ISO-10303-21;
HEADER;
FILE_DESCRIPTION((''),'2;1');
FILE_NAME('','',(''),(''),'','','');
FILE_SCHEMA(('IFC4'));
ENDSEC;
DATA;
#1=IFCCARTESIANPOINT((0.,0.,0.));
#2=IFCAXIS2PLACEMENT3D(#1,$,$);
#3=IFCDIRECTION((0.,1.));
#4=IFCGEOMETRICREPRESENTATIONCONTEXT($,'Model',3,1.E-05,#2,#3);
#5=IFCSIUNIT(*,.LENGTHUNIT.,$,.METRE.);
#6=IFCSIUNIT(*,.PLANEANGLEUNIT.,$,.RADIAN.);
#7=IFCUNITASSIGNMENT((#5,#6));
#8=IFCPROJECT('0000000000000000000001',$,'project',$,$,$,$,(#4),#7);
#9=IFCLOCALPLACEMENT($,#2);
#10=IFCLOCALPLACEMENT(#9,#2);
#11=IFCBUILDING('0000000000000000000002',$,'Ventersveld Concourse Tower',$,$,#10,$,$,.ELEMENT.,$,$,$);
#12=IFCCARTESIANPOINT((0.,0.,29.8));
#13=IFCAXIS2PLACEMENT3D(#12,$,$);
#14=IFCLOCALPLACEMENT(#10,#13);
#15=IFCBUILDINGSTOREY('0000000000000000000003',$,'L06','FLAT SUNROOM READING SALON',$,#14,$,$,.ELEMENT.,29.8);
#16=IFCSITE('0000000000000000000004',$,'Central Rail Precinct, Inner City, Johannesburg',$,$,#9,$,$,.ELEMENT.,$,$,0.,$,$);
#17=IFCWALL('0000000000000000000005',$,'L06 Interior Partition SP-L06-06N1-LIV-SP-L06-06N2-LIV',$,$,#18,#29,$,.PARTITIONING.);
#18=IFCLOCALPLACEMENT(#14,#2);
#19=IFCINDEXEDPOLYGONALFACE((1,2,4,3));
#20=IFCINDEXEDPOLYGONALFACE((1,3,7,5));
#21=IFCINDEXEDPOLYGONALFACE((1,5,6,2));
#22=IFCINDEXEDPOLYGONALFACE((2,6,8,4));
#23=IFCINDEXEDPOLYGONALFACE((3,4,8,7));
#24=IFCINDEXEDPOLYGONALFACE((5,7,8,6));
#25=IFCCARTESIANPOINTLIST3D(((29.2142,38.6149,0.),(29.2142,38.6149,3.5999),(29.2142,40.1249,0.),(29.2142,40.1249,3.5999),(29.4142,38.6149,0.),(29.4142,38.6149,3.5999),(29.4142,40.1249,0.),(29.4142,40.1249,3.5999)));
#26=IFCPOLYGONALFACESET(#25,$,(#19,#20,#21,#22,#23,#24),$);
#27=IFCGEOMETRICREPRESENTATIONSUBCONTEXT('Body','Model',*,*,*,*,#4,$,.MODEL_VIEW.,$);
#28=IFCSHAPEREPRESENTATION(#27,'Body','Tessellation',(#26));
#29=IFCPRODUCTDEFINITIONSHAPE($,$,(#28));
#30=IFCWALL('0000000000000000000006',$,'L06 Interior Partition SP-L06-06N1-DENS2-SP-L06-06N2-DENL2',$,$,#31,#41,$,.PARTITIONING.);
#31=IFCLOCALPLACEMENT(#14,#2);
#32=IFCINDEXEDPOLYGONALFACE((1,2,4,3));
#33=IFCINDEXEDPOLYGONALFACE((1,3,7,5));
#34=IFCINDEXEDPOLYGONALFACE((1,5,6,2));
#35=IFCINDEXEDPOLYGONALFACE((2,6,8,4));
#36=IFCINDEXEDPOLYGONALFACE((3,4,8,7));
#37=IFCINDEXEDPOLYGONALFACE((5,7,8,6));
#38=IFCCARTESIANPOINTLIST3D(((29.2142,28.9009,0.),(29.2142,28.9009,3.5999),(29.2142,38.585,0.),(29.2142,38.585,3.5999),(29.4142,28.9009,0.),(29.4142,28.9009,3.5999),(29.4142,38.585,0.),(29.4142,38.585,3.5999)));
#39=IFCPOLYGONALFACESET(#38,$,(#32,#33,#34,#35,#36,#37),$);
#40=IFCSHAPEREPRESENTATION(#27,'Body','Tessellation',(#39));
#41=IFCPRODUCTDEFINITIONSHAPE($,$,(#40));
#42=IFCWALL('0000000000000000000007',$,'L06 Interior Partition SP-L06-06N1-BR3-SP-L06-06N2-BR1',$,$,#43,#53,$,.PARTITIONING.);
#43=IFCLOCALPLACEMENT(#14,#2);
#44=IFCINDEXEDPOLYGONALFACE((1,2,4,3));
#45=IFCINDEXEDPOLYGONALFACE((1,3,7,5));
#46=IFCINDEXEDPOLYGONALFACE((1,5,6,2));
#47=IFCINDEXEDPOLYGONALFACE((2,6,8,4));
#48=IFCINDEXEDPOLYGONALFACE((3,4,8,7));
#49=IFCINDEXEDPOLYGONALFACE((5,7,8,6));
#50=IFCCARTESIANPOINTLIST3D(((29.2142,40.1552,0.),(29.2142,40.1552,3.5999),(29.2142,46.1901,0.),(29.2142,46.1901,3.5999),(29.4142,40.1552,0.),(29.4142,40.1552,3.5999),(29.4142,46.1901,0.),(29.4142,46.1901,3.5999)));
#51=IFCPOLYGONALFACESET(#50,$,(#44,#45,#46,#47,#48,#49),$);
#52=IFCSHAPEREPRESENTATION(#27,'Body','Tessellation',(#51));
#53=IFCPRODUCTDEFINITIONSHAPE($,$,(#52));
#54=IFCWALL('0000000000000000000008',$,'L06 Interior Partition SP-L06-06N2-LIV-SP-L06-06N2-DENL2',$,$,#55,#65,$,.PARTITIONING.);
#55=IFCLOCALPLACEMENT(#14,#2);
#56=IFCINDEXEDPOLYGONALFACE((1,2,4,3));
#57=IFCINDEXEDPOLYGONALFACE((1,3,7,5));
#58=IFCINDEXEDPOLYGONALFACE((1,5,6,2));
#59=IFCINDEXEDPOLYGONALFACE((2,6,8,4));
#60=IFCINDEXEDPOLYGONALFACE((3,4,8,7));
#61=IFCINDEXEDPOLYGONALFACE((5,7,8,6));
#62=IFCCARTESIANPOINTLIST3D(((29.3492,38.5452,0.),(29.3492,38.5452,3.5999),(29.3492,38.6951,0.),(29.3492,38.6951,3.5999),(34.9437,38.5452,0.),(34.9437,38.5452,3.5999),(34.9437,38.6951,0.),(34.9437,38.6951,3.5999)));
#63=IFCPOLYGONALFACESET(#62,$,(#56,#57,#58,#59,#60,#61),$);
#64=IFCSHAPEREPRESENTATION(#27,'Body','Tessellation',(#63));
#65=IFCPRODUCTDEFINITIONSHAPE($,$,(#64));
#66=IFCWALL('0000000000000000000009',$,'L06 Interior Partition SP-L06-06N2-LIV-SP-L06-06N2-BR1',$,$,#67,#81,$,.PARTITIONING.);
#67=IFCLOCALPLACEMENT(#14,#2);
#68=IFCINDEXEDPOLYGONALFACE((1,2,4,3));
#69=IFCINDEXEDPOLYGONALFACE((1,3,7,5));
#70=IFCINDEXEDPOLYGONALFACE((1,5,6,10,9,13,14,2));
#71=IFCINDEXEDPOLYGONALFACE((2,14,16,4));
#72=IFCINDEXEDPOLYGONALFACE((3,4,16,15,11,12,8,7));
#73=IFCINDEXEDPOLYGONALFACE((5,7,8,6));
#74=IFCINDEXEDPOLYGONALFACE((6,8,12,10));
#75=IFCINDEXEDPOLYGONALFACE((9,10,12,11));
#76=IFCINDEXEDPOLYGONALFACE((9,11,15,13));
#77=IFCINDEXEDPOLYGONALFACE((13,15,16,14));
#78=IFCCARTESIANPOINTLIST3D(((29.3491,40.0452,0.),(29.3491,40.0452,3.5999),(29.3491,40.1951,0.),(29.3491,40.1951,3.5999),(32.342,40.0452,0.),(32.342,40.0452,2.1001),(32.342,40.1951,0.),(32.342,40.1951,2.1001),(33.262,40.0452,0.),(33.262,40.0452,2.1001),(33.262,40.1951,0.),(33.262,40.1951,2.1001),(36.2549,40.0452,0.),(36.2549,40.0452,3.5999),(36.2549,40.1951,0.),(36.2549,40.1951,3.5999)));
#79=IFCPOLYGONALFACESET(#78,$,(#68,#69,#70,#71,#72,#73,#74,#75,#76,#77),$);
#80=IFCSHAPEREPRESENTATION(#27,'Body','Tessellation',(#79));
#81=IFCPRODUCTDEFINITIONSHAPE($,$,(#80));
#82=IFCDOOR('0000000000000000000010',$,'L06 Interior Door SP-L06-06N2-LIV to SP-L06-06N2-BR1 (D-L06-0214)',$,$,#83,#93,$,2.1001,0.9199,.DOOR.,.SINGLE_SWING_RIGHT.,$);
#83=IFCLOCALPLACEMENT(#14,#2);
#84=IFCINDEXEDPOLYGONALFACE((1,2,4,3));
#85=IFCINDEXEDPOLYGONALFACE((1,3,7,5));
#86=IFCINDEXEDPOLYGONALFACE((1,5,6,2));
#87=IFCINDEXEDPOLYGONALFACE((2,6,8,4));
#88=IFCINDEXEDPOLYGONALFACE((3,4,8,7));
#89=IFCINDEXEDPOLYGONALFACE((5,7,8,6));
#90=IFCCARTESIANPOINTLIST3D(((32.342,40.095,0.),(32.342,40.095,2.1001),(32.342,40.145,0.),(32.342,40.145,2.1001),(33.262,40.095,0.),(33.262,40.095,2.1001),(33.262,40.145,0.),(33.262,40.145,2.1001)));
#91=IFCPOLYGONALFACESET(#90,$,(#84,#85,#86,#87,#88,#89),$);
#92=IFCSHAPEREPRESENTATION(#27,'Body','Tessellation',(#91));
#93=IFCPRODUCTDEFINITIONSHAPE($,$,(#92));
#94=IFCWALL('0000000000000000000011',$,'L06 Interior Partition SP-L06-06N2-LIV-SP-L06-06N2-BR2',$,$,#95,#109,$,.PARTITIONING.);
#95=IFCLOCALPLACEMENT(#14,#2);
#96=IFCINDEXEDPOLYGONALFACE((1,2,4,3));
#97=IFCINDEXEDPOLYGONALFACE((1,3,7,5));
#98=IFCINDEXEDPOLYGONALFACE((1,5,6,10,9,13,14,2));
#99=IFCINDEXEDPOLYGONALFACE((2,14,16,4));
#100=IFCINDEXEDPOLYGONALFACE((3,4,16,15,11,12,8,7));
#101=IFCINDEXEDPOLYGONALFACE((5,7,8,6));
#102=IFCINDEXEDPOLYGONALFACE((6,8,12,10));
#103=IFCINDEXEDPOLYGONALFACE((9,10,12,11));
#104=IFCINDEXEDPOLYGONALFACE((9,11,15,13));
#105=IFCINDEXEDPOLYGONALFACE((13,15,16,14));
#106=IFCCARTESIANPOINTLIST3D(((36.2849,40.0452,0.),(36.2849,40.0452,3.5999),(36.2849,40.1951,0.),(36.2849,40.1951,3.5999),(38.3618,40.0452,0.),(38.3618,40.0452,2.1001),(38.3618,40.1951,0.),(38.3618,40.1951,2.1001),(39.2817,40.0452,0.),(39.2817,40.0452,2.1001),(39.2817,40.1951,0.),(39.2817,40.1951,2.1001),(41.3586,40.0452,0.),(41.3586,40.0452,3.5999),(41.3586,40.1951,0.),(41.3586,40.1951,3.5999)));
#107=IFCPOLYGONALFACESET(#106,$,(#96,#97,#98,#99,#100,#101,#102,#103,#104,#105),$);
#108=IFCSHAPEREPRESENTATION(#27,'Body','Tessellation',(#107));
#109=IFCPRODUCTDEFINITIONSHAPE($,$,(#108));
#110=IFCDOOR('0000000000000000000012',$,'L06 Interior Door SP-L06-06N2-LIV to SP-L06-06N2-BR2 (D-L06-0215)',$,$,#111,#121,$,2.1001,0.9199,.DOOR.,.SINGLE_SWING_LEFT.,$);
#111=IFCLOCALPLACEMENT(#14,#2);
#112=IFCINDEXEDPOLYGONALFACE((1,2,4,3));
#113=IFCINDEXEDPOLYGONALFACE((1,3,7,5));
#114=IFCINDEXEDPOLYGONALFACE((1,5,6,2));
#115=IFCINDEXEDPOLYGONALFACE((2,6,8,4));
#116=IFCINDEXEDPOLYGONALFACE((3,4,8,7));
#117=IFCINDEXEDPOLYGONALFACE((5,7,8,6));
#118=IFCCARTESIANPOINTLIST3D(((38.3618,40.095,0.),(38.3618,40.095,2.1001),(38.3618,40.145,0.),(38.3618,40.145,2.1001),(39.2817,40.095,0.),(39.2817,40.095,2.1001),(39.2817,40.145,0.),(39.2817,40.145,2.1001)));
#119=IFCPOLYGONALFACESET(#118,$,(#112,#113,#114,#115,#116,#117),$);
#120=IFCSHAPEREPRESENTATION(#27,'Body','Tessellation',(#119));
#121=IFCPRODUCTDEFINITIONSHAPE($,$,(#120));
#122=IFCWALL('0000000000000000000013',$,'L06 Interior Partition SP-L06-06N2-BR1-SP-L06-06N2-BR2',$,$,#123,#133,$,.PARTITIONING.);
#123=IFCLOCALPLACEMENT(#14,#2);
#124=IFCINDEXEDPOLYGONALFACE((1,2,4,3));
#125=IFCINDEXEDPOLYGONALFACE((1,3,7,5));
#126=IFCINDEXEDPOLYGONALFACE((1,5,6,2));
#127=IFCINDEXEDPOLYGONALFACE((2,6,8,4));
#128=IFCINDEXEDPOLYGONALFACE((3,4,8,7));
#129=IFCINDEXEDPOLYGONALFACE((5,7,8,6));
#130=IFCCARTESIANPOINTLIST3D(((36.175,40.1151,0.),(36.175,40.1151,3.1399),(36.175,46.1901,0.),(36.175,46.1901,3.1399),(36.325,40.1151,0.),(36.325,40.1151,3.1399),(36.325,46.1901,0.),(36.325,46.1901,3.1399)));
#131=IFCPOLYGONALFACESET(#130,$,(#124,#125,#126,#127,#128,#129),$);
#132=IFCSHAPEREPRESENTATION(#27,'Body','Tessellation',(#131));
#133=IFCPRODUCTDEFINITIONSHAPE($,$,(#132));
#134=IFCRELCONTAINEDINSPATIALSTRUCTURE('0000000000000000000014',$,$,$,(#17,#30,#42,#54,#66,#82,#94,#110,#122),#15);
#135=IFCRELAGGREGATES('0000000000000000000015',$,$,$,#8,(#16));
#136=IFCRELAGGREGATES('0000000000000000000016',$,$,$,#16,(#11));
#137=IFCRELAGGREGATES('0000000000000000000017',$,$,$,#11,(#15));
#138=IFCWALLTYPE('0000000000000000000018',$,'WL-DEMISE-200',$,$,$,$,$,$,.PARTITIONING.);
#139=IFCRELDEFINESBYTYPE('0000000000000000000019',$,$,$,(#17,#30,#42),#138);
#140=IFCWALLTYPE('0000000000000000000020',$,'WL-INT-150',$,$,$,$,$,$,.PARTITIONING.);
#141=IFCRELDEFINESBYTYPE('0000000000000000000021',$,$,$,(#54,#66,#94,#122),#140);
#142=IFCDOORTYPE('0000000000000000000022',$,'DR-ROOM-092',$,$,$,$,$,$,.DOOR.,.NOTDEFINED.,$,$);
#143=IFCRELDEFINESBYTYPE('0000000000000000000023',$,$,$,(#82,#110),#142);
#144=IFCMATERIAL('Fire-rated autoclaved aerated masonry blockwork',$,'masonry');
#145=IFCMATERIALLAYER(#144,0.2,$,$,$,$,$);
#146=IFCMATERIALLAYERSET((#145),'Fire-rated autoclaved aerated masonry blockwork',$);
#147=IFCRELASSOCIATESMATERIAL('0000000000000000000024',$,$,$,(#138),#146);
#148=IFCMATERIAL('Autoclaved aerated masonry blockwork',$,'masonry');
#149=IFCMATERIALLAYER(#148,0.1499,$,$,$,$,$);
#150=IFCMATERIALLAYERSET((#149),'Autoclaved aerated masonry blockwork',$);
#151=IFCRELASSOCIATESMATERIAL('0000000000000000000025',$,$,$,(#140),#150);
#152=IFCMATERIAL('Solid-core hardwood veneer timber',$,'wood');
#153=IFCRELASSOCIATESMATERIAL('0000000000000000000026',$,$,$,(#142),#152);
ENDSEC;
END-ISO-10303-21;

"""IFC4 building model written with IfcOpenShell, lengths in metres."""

from ifc_helpers import new_model, si_unit, direction, frame, frame_2d, origin, place, context, subcontext, project, spatial, rectangle, extrude, material, layer, layer_set, type_object, element, fill, save


model = new_model("IFC4")

# Units and contexts
model_context = context("Model", 3, precision=1e-05, world=origin(), true_north=direction((0.0, 1.0)))
body_context = subcontext(model_context, "Body", "Model", "MODEL_VIEW")
ifc_project = project(units=[si_unit("LENGTHUNIT", "METRE"), si_unit("PLANEANGLEUNIT", "RADIAN")], contexts=[model_context])

# Site, building, storey
site_placement = place(None, origin())
site = spatial("IfcSite", under=ifc_project, at=site_placement, Name="Central Rail Precinct, Inner City, Johannesburg", CompositionType="ELEMENT", RefElevation=0.0)
building_placement = place(site_placement, origin())
building = spatial("IfcBuilding", under=site, at=building_placement, Name="Ventersveld Concourse Tower", CompositionType="ELEMENT")
storey_placement = place(building_placement, frame((0.0, 0.0, 29.8)))
storey = spatial("IfcBuildingStorey", under=building, at=storey_placement, Name="L06", Description="FLAT SUNROOM READING SALON", CompositionType="ELEMENT", Elevation=29.8)

# Walls
ifc_material_1 = material(Name="Fire-rated autoclaved aerated masonry blockwork", Category="masonry")
ifc_layer_1 = layer(ifc_material_1, 0.2)
ifc_layer_set_1 = layer_set([ifc_layer_1], Name="Fire-rated autoclaved aerated masonry blockwork")
wall_type_1 = type_object("IfcWallType", Name="WL-DEMISE-200", PredefinedType="PARTITIONING", material=ifc_layer_set_1)
wall_1_placement = place(storey_placement, frame((29.3142, 38.615, 0.0), z_axis=(0.0, 0.0, 1.0), x_axis=(0.0, 1.0, 0.0)))
element("IfcWall", 1, at=wall_1_placement, inside=storey, type_object=wall_type_1, Name="L06 Interior Partition SP-L06-06N1-LIV-SP-L06-06N2-LIV", PredefinedType="PARTITIONING", context=body_context, shape_type="SweptSolid", body=[
    extrude(rectangle(XDim=1.51, YDim=0.2, at=frame_2d((0.7549, 0.0))), origin(), (0.0, 0.0, 1.0), 3.5999),
])
wall_2_placement = place(storey_placement, frame((29.3142, 28.9009, 0.0), z_axis=(0.0, 0.0, 1.0), x_axis=(0.0, 1.0, 0.0)))
element("IfcWall", 2, at=wall_2_placement, inside=storey, type_object=wall_type_1, Name="L06 Interior Partition SP-L06-06N1-DENS2-SP-L06-06N2-DENL2", PredefinedType="PARTITIONING", context=body_context, shape_type="SweptSolid", body=[
    extrude(rectangle(XDim=9.6841, YDim=0.2, at=frame_2d((4.842, 0.0))), origin(), (0.0, 0.0, 1.0), 3.5999),
])
wall_3_placement = place(storey_placement, frame((29.3142, 40.155, 0.0), z_axis=(0.0, 0.0, 1.0), x_axis=(0.0, 1.0, 0.0)))
element("IfcWall", 3, at=wall_3_placement, inside=storey, type_object=wall_type_1, Name="L06 Interior Partition SP-L06-06N1-BR3-SP-L06-06N2-BR1", PredefinedType="PARTITIONING", context=body_context, shape_type="SweptSolid", body=[
    extrude(rectangle(XDim=6.0349, YDim=0.2, at=frame_2d((3.0176, 0.0))), origin(), (0.0, 0.0, 1.0), 3.5999),
])
ifc_material_2 = material(Name="Autoclaved aerated masonry blockwork", Category="masonry")
ifc_layer_2 = layer(ifc_material_2, 0.1499)
ifc_layer_set_2 = layer_set([ifc_layer_2], Name="Autoclaved aerated masonry blockwork")
wall_type_2 = type_object("IfcWallType", Name="WL-INT-150", PredefinedType="PARTITIONING", material=ifc_layer_set_2)
wall_4_placement = place(storey_placement, frame((29.3491, 38.6201, 0.0), z_axis=(0.0, 0.0, 1.0), x_axis=(1.0, 0.0, 0.0)))
element("IfcWall", 4, at=wall_4_placement, inside=storey, type_object=wall_type_2, Name="L06 Interior Partition SP-L06-06N2-LIV-SP-L06-06N2-DENL2", PredefinedType="PARTITIONING", context=body_context, shape_type="SweptSolid", body=[
    extrude(rectangle(XDim=5.5945, YDim=0.1499, at=frame_2d((2.7974, 0.0))), origin(), (0.0, 0.0, 1.0), 3.5999),
])

# Walls, openings, doors
wall_5_placement = place(storey_placement, frame((29.3491, 40.1201, 0.0), z_axis=(0.0, 0.0, 1.0), x_axis=(1.0, 0.0, 0.0)))
wall_5 = element("IfcWall", 5, at=wall_5_placement, inside=storey, type_object=wall_type_2, Name="L06 Interior Partition SP-L06-06N2-LIV-SP-L06-06N2-BR1", PredefinedType="PARTITIONING", context=body_context, shape_type="SweptSolid", body=[
    extrude(rectangle(XDim=6.9058, YDim=0.1499, at=frame_2d((3.4529, 0.0))), origin(), (0.0, 0.0, 1.0), 3.5999),
])
opening_1_placement = place(wall_5_placement, frame((2.9929, 0.0, 0.0)))
opening_1 = element("IfcOpeningElement", 6, at=opening_1_placement, cuts=wall_5, PredefinedType="OPENING", context=body_context, shape_type="SweptSolid", body=[
    extrude(rectangle(XDim=0.9199, YDim=2.1001, at=frame_2d((0.46, 1.05))), frame((0.0, 0.085, 0.0), z_axis=(0.0, -1.0, 0.0), x_axis=(1.0, 0.0, 0.0)), (0.0, 0.0, 1.0), 0.1699),
])
ifc_material_3 = material(Name="Solid-core hardwood veneer timber", Category="wood")
door_type = type_object("IfcDoorType", Name="DR-ROOM-092", OperationType="NOTDEFINED", PredefinedType="DOOR", material=ifc_material_3)
door_1_placement = place(opening_1_placement, origin())
door_1 = element("IfcDoor", 7, at=door_1_placement, inside=storey, type_object=door_type, Name="L06 Interior Door SP-L06-06N2-LIV to SP-L06-06N2-BR1 (D-L06-0214)", OperationType="SINGLE_SWING_RIGHT", OverallHeight=2.1001, OverallWidth=0.9199, PredefinedType="DOOR", context=body_context, shape_type="SweptSolid", body=[
    extrude(rectangle(XDim=0.9199, YDim=2.1001, at=frame_2d((0.46, 1.05))), frame((0.0, 0.0249, 0.0), z_axis=(0.0, -1.0, 0.0), x_axis=(1.0, 0.0, 0.0)), (0.0, 0.0, 1.0), 0.05),
])
fill(opening_1, door_1)
wall_6_placement = place(storey_placement, frame((36.2849, 40.1201, 0.0), z_axis=(0.0, 0.0, 1.0), x_axis=(1.0, 0.0, 0.0)))
wall_6 = element("IfcWall", 8, at=wall_6_placement, inside=storey, type_object=wall_type_2, Name="L06 Interior Partition SP-L06-06N2-LIV-SP-L06-06N2-BR2", PredefinedType="PARTITIONING", context=body_context, shape_type="SweptSolid", body=[
    extrude(rectangle(XDim=5.0737, YDim=0.1499, at=frame_2d((2.5369, 0.0))), origin(), (0.0, 0.0, 1.0), 3.5999),
])
opening_2_placement = place(wall_6_placement, frame((2.0769, 0.0, 0.0)))
opening_2 = element("IfcOpeningElement", 9, at=opening_2_placement, cuts=wall_6, PredefinedType="OPENING", context=body_context, shape_type="SweptSolid", body=[
    extrude(rectangle(XDim=0.9199, YDim=2.1001, at=frame_2d((0.46, 1.05))), frame((0.0, 0.085, 0.0), z_axis=(0.0, -1.0, 0.0), x_axis=(1.0, 0.0, 0.0)), (0.0, 0.0, 1.0), 0.1699),
])
door_2_placement = place(opening_2_placement, origin())
door_2 = element("IfcDoor", 10, at=door_2_placement, inside=storey, type_object=door_type, Name="L06 Interior Door SP-L06-06N2-LIV to SP-L06-06N2-BR2 (D-L06-0215)", OperationType="SINGLE_SWING_LEFT", OverallHeight=2.1001, OverallWidth=0.9199, PredefinedType="DOOR", context=body_context, shape_type="SweptSolid", body=[
    extrude(rectangle(XDim=0.9199, YDim=2.1001, at=frame_2d((0.46, 1.05))), frame((0.0, 0.0249, 0.0), z_axis=(0.0, -1.0, 0.0), x_axis=(1.0, 0.0, 0.0)), (0.0, 0.0, 1.0), 0.05),
])
fill(opening_2, door_2)

# Wall
wall_7_placement = place(storey_placement, frame((36.25, 40.115, 0.0), z_axis=(0.0, 0.0, 1.0), x_axis=(0.0, 1.0, 0.0)))
element("IfcWall", 11, at=wall_7_placement, inside=storey, type_object=wall_type_2, Name="L06 Interior Partition SP-L06-06N2-BR1-SP-L06-06N2-BR2", PredefinedType="PARTITIONING", context=body_context, shape_type="SweptSolid", body=[
    extrude(rectangle(XDim=6.075, YDim=0.1499, at=frame_2d((3.0376, 0.0))), origin(), (0.0, 0.0, 1.0), 3.1399),
])

save(model, "model.ifc")
